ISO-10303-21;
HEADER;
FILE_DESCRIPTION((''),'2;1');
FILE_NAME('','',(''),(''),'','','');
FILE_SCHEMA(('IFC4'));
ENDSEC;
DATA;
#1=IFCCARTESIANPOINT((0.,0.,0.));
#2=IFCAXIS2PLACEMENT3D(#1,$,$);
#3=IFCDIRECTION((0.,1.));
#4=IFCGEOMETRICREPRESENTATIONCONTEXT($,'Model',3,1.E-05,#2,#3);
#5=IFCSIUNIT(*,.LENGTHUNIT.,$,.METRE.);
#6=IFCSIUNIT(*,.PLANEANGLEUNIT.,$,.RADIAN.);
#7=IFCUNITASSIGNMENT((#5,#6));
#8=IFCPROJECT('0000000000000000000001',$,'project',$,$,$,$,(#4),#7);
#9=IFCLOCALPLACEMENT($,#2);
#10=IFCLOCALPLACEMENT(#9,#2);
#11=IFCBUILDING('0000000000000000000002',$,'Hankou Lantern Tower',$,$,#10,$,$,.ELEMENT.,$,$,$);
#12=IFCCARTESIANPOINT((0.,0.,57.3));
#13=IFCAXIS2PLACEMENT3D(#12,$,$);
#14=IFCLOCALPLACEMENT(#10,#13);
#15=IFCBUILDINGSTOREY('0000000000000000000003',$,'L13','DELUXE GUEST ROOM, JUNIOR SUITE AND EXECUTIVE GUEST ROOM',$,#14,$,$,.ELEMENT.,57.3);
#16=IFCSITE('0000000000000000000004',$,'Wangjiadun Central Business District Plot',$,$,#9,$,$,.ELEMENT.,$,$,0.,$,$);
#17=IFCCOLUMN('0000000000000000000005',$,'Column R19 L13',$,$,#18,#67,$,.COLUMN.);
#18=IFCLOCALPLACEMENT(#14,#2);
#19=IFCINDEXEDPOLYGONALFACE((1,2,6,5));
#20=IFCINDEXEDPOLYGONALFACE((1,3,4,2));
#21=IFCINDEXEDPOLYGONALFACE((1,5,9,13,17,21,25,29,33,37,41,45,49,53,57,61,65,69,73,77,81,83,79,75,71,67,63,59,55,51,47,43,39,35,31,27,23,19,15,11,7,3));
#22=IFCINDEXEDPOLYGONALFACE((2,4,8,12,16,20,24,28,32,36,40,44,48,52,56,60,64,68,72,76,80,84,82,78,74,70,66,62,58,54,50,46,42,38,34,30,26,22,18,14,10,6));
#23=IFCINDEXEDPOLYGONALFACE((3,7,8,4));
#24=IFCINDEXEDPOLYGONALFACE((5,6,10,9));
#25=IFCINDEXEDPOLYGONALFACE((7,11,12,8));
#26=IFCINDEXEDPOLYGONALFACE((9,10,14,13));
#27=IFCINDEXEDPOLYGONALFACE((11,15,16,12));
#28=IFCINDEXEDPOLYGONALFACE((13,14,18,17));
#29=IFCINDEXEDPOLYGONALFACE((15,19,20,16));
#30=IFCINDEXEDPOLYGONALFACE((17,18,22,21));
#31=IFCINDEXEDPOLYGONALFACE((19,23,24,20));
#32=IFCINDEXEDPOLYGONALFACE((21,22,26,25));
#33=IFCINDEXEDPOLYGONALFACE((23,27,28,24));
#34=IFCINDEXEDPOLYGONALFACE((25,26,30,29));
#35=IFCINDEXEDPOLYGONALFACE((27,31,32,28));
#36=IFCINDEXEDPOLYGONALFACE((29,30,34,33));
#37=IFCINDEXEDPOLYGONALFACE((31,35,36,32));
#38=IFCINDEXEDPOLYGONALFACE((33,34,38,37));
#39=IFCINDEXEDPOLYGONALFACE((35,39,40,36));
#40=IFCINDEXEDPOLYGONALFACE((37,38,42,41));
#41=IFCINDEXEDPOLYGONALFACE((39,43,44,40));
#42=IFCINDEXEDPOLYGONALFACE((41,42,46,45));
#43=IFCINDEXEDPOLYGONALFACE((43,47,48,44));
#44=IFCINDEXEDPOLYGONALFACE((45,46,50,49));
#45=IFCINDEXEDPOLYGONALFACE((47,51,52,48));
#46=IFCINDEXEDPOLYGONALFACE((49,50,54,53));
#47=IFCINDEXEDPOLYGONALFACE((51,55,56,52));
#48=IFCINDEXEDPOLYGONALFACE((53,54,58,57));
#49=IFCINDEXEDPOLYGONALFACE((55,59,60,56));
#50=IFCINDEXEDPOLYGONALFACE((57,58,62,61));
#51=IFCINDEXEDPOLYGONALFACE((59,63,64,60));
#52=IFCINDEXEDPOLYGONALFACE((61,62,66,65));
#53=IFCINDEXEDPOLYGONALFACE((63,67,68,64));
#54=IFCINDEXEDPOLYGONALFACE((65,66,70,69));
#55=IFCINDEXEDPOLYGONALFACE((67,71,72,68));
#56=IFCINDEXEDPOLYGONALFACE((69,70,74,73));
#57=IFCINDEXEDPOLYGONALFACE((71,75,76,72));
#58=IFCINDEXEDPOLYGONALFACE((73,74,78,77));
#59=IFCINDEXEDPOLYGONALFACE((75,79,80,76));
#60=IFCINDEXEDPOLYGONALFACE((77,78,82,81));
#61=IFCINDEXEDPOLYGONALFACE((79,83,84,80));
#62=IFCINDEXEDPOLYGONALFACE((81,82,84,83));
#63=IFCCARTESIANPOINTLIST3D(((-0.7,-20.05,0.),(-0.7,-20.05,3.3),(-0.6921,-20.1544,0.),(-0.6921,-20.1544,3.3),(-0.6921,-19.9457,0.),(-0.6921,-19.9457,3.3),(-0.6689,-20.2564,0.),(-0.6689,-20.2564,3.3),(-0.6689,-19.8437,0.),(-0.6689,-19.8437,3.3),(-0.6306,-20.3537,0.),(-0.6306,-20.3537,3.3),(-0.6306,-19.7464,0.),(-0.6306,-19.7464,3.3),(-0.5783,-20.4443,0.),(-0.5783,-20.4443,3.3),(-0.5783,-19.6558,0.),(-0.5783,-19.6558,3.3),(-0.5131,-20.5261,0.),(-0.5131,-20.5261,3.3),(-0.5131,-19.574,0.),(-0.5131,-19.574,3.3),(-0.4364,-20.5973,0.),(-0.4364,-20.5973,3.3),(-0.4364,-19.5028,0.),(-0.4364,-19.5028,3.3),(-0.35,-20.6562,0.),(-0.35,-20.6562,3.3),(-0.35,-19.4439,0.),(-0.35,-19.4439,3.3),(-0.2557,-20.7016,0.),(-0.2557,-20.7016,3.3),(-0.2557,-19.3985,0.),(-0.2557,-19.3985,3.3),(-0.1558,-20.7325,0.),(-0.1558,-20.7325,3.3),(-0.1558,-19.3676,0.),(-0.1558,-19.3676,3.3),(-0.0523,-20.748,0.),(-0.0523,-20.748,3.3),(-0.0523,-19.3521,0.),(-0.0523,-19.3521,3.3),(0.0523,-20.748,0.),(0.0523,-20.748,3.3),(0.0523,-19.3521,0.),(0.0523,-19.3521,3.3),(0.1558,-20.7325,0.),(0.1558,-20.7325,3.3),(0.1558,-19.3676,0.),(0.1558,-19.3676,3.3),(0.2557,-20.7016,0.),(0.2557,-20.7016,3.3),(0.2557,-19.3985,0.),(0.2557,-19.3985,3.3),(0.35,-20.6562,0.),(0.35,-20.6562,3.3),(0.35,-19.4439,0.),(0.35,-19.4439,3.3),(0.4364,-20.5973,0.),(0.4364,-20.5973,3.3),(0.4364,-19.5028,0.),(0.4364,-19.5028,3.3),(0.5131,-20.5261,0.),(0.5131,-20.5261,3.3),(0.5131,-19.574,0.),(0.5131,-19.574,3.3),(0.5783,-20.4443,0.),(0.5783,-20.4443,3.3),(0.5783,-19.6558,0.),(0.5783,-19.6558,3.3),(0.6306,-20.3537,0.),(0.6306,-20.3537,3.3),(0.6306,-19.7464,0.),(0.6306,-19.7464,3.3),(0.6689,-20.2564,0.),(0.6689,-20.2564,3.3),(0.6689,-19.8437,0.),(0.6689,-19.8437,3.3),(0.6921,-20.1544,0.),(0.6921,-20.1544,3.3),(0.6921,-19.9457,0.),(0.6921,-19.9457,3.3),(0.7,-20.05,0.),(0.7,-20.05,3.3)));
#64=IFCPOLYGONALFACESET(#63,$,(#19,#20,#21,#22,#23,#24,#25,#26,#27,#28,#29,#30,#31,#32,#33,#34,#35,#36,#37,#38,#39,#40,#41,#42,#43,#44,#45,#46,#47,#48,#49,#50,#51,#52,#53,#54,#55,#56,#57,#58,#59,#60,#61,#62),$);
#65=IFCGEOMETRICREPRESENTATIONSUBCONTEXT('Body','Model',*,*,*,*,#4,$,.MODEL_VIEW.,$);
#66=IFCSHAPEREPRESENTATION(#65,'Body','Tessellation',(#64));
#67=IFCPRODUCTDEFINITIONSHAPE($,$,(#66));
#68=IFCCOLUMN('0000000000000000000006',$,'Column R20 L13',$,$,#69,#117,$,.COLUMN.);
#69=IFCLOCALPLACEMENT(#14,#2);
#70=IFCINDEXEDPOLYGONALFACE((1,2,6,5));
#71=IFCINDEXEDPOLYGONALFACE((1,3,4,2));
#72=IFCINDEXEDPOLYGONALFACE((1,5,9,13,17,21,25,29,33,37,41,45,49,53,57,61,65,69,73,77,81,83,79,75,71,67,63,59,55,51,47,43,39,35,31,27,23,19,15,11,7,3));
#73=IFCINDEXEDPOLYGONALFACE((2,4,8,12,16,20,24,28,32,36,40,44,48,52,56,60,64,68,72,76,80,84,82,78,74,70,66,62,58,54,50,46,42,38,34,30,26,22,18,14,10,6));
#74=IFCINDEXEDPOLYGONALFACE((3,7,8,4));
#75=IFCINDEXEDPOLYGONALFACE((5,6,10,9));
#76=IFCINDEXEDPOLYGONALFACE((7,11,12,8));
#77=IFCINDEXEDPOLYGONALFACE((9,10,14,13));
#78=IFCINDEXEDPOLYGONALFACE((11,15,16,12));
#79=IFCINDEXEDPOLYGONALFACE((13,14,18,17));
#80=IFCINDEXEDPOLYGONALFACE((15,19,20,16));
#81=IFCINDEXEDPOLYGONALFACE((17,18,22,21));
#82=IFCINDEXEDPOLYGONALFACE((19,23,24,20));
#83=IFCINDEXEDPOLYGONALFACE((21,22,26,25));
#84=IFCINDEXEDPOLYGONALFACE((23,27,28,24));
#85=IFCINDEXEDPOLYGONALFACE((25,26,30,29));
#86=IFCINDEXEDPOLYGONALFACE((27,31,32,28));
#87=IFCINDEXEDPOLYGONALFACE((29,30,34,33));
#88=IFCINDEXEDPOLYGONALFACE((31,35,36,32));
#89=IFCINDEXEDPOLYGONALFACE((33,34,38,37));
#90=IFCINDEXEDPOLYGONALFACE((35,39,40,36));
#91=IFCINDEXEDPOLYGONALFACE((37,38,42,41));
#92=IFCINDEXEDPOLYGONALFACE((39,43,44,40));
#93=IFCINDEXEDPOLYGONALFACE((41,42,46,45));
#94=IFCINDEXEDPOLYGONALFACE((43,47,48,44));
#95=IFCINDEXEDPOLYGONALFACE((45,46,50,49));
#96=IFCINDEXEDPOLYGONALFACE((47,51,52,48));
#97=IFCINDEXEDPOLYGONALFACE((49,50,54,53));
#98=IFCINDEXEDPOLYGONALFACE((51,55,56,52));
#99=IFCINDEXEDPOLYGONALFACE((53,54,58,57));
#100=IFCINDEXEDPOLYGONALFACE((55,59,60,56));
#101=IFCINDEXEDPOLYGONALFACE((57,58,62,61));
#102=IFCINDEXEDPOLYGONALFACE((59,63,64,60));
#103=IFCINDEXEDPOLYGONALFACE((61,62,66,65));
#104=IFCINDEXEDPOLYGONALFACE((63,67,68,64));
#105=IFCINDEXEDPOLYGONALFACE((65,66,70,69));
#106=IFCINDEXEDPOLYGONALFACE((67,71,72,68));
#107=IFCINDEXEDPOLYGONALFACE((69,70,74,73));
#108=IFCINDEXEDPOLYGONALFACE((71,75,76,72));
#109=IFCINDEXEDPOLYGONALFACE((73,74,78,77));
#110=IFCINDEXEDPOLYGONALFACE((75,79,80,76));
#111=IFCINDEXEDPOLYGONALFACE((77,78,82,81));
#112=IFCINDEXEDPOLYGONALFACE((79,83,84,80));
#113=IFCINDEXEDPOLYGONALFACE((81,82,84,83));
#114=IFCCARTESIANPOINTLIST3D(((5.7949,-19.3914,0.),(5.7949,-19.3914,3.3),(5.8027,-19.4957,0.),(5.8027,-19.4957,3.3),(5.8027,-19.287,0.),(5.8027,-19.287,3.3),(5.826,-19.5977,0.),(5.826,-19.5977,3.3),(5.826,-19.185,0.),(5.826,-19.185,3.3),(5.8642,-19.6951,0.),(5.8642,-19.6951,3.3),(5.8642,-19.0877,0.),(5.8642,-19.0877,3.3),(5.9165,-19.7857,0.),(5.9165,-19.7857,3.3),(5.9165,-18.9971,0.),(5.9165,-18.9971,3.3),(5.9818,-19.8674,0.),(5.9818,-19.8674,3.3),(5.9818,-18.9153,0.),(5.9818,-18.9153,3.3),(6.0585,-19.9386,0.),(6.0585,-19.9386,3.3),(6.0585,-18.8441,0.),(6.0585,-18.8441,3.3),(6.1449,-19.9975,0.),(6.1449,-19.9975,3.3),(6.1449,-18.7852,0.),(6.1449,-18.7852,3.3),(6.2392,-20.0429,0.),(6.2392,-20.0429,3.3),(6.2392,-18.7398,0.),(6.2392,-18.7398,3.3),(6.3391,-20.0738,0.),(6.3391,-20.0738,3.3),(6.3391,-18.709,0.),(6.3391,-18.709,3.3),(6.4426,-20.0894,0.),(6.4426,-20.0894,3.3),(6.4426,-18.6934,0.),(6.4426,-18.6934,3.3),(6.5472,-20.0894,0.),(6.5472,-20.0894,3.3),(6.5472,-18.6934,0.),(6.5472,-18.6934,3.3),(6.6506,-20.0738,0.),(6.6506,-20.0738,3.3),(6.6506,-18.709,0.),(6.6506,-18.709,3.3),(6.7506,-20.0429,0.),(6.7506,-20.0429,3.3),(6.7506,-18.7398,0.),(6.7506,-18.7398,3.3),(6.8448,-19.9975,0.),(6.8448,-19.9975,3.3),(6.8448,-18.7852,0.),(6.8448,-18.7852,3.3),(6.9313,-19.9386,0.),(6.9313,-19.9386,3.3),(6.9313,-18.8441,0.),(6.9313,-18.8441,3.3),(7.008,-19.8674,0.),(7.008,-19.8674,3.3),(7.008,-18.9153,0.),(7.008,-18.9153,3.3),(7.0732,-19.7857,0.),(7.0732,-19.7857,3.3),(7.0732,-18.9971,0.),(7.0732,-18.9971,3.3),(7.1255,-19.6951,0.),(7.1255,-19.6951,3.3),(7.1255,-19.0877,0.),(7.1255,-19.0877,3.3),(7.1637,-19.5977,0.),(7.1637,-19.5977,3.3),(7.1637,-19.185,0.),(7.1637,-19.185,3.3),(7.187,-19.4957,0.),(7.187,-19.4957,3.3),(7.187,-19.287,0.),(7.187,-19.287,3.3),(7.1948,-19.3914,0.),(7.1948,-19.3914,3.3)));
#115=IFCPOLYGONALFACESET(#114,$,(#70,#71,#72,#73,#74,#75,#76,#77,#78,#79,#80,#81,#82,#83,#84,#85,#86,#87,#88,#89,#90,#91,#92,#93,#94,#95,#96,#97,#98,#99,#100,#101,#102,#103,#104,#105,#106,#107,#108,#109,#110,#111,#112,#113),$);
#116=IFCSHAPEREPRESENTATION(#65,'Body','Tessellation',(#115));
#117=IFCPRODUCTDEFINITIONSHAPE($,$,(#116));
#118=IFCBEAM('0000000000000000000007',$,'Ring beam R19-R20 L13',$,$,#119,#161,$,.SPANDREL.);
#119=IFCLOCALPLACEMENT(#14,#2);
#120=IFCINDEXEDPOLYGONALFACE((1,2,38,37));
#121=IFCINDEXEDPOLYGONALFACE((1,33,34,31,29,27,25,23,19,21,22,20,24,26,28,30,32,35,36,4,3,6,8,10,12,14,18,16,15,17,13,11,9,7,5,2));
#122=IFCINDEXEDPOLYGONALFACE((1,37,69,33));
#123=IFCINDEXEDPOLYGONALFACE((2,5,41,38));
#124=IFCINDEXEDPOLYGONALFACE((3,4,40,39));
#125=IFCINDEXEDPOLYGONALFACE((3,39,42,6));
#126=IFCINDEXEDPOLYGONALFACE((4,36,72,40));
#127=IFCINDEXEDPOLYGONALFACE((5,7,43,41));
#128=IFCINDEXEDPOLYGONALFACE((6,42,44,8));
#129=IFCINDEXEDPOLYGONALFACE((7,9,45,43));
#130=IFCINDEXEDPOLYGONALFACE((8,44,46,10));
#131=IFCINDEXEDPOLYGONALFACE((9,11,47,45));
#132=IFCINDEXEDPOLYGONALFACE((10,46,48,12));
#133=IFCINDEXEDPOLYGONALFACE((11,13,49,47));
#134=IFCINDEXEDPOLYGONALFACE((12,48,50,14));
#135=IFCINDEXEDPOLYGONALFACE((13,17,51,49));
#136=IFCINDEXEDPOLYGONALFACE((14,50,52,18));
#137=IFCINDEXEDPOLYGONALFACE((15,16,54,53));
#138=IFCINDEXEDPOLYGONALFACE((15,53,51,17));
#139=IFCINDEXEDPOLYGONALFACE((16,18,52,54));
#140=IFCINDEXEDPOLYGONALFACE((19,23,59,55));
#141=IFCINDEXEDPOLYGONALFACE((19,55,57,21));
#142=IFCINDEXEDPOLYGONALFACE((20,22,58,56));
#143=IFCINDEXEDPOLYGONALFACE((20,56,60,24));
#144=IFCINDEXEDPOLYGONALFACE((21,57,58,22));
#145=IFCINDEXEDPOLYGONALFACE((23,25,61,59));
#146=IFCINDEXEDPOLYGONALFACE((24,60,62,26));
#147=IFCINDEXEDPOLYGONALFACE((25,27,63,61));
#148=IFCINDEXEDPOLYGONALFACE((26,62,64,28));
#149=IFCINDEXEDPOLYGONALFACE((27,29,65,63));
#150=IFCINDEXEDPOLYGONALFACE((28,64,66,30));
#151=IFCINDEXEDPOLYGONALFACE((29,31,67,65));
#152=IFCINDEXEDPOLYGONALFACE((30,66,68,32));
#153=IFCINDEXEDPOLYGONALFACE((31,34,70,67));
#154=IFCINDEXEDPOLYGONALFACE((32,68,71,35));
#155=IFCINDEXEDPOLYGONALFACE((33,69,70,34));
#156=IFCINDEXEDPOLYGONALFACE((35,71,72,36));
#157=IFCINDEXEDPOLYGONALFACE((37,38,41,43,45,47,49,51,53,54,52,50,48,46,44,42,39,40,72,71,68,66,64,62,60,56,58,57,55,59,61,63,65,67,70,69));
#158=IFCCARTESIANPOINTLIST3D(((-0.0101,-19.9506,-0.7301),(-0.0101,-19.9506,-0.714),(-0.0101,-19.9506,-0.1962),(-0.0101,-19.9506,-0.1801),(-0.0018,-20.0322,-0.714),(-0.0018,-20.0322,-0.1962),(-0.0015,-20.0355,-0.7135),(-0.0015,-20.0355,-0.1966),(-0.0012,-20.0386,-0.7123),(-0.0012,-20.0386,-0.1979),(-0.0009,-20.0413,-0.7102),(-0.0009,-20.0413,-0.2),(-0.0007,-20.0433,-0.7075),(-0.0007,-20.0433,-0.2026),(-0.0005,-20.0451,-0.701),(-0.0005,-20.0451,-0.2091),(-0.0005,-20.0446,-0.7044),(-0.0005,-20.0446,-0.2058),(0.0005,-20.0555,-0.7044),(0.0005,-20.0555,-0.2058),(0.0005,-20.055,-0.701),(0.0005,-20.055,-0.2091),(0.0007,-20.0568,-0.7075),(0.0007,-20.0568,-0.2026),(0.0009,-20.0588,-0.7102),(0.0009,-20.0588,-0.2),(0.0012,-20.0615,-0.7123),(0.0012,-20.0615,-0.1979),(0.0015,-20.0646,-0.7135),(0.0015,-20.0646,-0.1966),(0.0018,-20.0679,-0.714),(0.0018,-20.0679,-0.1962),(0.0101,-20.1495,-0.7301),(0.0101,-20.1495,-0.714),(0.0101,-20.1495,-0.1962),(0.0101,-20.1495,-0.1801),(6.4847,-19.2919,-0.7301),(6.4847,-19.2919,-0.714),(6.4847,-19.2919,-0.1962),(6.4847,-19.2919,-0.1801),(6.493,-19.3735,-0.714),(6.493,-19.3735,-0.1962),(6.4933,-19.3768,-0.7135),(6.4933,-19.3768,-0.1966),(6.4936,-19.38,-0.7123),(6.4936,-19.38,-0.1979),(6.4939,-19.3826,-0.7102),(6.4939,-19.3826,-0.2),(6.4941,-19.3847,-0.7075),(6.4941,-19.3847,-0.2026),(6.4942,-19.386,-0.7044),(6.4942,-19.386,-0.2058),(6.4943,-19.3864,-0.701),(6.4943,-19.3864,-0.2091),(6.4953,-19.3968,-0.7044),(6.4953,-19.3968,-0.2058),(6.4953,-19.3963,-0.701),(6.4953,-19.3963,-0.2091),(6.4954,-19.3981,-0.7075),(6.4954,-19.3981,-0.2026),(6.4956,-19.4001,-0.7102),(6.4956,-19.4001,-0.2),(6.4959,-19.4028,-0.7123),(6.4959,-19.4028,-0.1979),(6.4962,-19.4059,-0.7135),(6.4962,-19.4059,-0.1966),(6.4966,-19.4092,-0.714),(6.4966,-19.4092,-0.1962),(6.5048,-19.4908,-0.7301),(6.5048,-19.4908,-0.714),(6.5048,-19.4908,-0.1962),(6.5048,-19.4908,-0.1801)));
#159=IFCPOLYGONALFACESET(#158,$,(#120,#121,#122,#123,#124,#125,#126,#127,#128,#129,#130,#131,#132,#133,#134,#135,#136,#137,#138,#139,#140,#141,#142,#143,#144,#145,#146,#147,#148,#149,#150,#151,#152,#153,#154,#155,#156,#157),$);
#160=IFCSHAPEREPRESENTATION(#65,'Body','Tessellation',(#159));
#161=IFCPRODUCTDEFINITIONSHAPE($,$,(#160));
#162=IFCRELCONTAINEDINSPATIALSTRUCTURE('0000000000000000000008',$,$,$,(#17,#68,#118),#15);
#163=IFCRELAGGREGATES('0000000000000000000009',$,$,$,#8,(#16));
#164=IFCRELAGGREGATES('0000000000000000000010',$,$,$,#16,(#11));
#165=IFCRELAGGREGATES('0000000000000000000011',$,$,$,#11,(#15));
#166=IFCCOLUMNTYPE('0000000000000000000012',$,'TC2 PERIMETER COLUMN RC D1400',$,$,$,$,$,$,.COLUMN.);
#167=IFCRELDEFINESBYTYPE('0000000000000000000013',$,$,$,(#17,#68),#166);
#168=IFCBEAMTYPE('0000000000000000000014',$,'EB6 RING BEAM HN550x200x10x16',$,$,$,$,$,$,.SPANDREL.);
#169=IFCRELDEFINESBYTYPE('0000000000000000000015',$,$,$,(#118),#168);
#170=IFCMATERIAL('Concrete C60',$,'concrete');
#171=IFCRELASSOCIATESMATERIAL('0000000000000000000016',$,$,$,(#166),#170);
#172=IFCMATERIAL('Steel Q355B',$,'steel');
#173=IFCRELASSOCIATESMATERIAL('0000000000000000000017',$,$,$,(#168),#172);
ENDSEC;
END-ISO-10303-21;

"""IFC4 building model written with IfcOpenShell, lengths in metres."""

from ifc_helpers import new_model, si_unit, direction, frame, origin, origin_2d, place, context, subcontext, project, spatial, circle, i_section, extrude, material, material_profile, profile_set, type_object, element, save


model = new_model("IFC4")

# Units and contexts
model_context = context("Model", 3, precision=1e-05, world=origin(), true_north=direction((0.0, 1.0)))
body_context = subcontext(model_context, "Body", "Model", "MODEL_VIEW")
ifc_project = project(units=[si_unit("LENGTHUNIT", "METRE"), si_unit("PLANEANGLEUNIT", "RADIAN")], contexts=[model_context])

# Site, building, storey
site_placement = place(None, origin())
site = spatial("IfcSite", under=ifc_project, at=site_placement, Name="Wangjiadun Central Business District Plot", CompositionType="ELEMENT", RefElevation=0.0)
building_placement = place(site_placement, origin())
building = spatial("IfcBuilding", under=site, at=building_placement, Name="Hankou Lantern Tower", CompositionType="ELEMENT")
storey_placement = place(building_placement, frame((0.0, 0.0, 57.3)))
storey = spatial("IfcBuildingStorey", under=building, at=storey_placement, Name="L13", Description="DELUXE GUEST ROOM, JUNIOR SUITE AND EXECUTIVE GUEST ROOM", CompositionType="ELEMENT", Elevation=57.3)

# Columns
ifc_material_1 = material(Name="Concrete C60", Category="concrete")
ifc_material_profile_1 = material_profile(ifc_material_1, circle(Radius=0.7, at=origin_2d()), Name="RC D1400")
ifc_profile_set_1 = profile_set([ifc_material_profile_1], Name="Concrete C60")
column_type = type_object("IfcColumnType", Name="TC2 PERIMETER COLUMN RC D1400", PredefinedType="COLUMN", material=ifc_profile_set_1)
for number, where, z_axis, x_axis, name in (
    (1, (0.0, -20.05, 0.0), (0.0, 0.0, 1.0), (1.0, 0.0, 0.0), "Column R19 L13"),
    (2, (6.4949, -19.3914, 0.0), (0.0, 0.0, 1.0), (1.0, 0.0, 0.0), "Column R20 L13"),
):
    element("IfcColumn", number, at=place(storey_placement, frame(where, z_axis=z_axis, x_axis=x_axis)), inside=storey, type_object=column_type, Name=name, PredefinedType="COLUMN", context=body_context, shape_type="SweptSolid", body=[
        extrude(circle(Radius=0.7, at=origin_2d()), origin(), (0.0, 0.0, 1.0), 3.3),
    ])

# Beam
ifc_material_2 = material(Name="Steel Q355B", Category="steel")
ifc_material_profile_2 = material_profile(ifc_material_2, i_section(OverallWidth=0.2, OverallDepth=0.55, WebThickness=0.01, FlangeThickness=0.0161, FilletRadius=0.0129, at=origin_2d()), Name="HN550x200x10x16")
ifc_profile_set_2 = profile_set([ifc_material_profile_2], Name="Steel Q355B")
beam_type_1 = type_object("IfcBeamType", Name="EB6 RING BEAM HN550x200x10x16", PredefinedType="SPANDREL", material=ifc_profile_set_2)
beam_1_placement = place(storey_placement, frame((0.0, -20.05, -0.4551), z_axis=(0.994897, 0.1009, 0.0), x_axis=(-0.1009, 0.994897, 0.0)))
element("IfcBeam", 3, at=beam_1_placement, inside=storey, type_object=beam_type_1, Name="Ring beam R19-R20 L13", PredefinedType="SPANDREL", context=body_context, shape_type="SweptSolid", body=[
    extrude(i_section(OverallWidth=0.2, OverallDepth=0.55, WebThickness=0.01, FlangeThickness=0.0161, FilletRadius=0.0129, at=origin_2d()), origin(), (0.0, 0.0, 1.0), 6.5281),
])

save(model, "model.ifc")
